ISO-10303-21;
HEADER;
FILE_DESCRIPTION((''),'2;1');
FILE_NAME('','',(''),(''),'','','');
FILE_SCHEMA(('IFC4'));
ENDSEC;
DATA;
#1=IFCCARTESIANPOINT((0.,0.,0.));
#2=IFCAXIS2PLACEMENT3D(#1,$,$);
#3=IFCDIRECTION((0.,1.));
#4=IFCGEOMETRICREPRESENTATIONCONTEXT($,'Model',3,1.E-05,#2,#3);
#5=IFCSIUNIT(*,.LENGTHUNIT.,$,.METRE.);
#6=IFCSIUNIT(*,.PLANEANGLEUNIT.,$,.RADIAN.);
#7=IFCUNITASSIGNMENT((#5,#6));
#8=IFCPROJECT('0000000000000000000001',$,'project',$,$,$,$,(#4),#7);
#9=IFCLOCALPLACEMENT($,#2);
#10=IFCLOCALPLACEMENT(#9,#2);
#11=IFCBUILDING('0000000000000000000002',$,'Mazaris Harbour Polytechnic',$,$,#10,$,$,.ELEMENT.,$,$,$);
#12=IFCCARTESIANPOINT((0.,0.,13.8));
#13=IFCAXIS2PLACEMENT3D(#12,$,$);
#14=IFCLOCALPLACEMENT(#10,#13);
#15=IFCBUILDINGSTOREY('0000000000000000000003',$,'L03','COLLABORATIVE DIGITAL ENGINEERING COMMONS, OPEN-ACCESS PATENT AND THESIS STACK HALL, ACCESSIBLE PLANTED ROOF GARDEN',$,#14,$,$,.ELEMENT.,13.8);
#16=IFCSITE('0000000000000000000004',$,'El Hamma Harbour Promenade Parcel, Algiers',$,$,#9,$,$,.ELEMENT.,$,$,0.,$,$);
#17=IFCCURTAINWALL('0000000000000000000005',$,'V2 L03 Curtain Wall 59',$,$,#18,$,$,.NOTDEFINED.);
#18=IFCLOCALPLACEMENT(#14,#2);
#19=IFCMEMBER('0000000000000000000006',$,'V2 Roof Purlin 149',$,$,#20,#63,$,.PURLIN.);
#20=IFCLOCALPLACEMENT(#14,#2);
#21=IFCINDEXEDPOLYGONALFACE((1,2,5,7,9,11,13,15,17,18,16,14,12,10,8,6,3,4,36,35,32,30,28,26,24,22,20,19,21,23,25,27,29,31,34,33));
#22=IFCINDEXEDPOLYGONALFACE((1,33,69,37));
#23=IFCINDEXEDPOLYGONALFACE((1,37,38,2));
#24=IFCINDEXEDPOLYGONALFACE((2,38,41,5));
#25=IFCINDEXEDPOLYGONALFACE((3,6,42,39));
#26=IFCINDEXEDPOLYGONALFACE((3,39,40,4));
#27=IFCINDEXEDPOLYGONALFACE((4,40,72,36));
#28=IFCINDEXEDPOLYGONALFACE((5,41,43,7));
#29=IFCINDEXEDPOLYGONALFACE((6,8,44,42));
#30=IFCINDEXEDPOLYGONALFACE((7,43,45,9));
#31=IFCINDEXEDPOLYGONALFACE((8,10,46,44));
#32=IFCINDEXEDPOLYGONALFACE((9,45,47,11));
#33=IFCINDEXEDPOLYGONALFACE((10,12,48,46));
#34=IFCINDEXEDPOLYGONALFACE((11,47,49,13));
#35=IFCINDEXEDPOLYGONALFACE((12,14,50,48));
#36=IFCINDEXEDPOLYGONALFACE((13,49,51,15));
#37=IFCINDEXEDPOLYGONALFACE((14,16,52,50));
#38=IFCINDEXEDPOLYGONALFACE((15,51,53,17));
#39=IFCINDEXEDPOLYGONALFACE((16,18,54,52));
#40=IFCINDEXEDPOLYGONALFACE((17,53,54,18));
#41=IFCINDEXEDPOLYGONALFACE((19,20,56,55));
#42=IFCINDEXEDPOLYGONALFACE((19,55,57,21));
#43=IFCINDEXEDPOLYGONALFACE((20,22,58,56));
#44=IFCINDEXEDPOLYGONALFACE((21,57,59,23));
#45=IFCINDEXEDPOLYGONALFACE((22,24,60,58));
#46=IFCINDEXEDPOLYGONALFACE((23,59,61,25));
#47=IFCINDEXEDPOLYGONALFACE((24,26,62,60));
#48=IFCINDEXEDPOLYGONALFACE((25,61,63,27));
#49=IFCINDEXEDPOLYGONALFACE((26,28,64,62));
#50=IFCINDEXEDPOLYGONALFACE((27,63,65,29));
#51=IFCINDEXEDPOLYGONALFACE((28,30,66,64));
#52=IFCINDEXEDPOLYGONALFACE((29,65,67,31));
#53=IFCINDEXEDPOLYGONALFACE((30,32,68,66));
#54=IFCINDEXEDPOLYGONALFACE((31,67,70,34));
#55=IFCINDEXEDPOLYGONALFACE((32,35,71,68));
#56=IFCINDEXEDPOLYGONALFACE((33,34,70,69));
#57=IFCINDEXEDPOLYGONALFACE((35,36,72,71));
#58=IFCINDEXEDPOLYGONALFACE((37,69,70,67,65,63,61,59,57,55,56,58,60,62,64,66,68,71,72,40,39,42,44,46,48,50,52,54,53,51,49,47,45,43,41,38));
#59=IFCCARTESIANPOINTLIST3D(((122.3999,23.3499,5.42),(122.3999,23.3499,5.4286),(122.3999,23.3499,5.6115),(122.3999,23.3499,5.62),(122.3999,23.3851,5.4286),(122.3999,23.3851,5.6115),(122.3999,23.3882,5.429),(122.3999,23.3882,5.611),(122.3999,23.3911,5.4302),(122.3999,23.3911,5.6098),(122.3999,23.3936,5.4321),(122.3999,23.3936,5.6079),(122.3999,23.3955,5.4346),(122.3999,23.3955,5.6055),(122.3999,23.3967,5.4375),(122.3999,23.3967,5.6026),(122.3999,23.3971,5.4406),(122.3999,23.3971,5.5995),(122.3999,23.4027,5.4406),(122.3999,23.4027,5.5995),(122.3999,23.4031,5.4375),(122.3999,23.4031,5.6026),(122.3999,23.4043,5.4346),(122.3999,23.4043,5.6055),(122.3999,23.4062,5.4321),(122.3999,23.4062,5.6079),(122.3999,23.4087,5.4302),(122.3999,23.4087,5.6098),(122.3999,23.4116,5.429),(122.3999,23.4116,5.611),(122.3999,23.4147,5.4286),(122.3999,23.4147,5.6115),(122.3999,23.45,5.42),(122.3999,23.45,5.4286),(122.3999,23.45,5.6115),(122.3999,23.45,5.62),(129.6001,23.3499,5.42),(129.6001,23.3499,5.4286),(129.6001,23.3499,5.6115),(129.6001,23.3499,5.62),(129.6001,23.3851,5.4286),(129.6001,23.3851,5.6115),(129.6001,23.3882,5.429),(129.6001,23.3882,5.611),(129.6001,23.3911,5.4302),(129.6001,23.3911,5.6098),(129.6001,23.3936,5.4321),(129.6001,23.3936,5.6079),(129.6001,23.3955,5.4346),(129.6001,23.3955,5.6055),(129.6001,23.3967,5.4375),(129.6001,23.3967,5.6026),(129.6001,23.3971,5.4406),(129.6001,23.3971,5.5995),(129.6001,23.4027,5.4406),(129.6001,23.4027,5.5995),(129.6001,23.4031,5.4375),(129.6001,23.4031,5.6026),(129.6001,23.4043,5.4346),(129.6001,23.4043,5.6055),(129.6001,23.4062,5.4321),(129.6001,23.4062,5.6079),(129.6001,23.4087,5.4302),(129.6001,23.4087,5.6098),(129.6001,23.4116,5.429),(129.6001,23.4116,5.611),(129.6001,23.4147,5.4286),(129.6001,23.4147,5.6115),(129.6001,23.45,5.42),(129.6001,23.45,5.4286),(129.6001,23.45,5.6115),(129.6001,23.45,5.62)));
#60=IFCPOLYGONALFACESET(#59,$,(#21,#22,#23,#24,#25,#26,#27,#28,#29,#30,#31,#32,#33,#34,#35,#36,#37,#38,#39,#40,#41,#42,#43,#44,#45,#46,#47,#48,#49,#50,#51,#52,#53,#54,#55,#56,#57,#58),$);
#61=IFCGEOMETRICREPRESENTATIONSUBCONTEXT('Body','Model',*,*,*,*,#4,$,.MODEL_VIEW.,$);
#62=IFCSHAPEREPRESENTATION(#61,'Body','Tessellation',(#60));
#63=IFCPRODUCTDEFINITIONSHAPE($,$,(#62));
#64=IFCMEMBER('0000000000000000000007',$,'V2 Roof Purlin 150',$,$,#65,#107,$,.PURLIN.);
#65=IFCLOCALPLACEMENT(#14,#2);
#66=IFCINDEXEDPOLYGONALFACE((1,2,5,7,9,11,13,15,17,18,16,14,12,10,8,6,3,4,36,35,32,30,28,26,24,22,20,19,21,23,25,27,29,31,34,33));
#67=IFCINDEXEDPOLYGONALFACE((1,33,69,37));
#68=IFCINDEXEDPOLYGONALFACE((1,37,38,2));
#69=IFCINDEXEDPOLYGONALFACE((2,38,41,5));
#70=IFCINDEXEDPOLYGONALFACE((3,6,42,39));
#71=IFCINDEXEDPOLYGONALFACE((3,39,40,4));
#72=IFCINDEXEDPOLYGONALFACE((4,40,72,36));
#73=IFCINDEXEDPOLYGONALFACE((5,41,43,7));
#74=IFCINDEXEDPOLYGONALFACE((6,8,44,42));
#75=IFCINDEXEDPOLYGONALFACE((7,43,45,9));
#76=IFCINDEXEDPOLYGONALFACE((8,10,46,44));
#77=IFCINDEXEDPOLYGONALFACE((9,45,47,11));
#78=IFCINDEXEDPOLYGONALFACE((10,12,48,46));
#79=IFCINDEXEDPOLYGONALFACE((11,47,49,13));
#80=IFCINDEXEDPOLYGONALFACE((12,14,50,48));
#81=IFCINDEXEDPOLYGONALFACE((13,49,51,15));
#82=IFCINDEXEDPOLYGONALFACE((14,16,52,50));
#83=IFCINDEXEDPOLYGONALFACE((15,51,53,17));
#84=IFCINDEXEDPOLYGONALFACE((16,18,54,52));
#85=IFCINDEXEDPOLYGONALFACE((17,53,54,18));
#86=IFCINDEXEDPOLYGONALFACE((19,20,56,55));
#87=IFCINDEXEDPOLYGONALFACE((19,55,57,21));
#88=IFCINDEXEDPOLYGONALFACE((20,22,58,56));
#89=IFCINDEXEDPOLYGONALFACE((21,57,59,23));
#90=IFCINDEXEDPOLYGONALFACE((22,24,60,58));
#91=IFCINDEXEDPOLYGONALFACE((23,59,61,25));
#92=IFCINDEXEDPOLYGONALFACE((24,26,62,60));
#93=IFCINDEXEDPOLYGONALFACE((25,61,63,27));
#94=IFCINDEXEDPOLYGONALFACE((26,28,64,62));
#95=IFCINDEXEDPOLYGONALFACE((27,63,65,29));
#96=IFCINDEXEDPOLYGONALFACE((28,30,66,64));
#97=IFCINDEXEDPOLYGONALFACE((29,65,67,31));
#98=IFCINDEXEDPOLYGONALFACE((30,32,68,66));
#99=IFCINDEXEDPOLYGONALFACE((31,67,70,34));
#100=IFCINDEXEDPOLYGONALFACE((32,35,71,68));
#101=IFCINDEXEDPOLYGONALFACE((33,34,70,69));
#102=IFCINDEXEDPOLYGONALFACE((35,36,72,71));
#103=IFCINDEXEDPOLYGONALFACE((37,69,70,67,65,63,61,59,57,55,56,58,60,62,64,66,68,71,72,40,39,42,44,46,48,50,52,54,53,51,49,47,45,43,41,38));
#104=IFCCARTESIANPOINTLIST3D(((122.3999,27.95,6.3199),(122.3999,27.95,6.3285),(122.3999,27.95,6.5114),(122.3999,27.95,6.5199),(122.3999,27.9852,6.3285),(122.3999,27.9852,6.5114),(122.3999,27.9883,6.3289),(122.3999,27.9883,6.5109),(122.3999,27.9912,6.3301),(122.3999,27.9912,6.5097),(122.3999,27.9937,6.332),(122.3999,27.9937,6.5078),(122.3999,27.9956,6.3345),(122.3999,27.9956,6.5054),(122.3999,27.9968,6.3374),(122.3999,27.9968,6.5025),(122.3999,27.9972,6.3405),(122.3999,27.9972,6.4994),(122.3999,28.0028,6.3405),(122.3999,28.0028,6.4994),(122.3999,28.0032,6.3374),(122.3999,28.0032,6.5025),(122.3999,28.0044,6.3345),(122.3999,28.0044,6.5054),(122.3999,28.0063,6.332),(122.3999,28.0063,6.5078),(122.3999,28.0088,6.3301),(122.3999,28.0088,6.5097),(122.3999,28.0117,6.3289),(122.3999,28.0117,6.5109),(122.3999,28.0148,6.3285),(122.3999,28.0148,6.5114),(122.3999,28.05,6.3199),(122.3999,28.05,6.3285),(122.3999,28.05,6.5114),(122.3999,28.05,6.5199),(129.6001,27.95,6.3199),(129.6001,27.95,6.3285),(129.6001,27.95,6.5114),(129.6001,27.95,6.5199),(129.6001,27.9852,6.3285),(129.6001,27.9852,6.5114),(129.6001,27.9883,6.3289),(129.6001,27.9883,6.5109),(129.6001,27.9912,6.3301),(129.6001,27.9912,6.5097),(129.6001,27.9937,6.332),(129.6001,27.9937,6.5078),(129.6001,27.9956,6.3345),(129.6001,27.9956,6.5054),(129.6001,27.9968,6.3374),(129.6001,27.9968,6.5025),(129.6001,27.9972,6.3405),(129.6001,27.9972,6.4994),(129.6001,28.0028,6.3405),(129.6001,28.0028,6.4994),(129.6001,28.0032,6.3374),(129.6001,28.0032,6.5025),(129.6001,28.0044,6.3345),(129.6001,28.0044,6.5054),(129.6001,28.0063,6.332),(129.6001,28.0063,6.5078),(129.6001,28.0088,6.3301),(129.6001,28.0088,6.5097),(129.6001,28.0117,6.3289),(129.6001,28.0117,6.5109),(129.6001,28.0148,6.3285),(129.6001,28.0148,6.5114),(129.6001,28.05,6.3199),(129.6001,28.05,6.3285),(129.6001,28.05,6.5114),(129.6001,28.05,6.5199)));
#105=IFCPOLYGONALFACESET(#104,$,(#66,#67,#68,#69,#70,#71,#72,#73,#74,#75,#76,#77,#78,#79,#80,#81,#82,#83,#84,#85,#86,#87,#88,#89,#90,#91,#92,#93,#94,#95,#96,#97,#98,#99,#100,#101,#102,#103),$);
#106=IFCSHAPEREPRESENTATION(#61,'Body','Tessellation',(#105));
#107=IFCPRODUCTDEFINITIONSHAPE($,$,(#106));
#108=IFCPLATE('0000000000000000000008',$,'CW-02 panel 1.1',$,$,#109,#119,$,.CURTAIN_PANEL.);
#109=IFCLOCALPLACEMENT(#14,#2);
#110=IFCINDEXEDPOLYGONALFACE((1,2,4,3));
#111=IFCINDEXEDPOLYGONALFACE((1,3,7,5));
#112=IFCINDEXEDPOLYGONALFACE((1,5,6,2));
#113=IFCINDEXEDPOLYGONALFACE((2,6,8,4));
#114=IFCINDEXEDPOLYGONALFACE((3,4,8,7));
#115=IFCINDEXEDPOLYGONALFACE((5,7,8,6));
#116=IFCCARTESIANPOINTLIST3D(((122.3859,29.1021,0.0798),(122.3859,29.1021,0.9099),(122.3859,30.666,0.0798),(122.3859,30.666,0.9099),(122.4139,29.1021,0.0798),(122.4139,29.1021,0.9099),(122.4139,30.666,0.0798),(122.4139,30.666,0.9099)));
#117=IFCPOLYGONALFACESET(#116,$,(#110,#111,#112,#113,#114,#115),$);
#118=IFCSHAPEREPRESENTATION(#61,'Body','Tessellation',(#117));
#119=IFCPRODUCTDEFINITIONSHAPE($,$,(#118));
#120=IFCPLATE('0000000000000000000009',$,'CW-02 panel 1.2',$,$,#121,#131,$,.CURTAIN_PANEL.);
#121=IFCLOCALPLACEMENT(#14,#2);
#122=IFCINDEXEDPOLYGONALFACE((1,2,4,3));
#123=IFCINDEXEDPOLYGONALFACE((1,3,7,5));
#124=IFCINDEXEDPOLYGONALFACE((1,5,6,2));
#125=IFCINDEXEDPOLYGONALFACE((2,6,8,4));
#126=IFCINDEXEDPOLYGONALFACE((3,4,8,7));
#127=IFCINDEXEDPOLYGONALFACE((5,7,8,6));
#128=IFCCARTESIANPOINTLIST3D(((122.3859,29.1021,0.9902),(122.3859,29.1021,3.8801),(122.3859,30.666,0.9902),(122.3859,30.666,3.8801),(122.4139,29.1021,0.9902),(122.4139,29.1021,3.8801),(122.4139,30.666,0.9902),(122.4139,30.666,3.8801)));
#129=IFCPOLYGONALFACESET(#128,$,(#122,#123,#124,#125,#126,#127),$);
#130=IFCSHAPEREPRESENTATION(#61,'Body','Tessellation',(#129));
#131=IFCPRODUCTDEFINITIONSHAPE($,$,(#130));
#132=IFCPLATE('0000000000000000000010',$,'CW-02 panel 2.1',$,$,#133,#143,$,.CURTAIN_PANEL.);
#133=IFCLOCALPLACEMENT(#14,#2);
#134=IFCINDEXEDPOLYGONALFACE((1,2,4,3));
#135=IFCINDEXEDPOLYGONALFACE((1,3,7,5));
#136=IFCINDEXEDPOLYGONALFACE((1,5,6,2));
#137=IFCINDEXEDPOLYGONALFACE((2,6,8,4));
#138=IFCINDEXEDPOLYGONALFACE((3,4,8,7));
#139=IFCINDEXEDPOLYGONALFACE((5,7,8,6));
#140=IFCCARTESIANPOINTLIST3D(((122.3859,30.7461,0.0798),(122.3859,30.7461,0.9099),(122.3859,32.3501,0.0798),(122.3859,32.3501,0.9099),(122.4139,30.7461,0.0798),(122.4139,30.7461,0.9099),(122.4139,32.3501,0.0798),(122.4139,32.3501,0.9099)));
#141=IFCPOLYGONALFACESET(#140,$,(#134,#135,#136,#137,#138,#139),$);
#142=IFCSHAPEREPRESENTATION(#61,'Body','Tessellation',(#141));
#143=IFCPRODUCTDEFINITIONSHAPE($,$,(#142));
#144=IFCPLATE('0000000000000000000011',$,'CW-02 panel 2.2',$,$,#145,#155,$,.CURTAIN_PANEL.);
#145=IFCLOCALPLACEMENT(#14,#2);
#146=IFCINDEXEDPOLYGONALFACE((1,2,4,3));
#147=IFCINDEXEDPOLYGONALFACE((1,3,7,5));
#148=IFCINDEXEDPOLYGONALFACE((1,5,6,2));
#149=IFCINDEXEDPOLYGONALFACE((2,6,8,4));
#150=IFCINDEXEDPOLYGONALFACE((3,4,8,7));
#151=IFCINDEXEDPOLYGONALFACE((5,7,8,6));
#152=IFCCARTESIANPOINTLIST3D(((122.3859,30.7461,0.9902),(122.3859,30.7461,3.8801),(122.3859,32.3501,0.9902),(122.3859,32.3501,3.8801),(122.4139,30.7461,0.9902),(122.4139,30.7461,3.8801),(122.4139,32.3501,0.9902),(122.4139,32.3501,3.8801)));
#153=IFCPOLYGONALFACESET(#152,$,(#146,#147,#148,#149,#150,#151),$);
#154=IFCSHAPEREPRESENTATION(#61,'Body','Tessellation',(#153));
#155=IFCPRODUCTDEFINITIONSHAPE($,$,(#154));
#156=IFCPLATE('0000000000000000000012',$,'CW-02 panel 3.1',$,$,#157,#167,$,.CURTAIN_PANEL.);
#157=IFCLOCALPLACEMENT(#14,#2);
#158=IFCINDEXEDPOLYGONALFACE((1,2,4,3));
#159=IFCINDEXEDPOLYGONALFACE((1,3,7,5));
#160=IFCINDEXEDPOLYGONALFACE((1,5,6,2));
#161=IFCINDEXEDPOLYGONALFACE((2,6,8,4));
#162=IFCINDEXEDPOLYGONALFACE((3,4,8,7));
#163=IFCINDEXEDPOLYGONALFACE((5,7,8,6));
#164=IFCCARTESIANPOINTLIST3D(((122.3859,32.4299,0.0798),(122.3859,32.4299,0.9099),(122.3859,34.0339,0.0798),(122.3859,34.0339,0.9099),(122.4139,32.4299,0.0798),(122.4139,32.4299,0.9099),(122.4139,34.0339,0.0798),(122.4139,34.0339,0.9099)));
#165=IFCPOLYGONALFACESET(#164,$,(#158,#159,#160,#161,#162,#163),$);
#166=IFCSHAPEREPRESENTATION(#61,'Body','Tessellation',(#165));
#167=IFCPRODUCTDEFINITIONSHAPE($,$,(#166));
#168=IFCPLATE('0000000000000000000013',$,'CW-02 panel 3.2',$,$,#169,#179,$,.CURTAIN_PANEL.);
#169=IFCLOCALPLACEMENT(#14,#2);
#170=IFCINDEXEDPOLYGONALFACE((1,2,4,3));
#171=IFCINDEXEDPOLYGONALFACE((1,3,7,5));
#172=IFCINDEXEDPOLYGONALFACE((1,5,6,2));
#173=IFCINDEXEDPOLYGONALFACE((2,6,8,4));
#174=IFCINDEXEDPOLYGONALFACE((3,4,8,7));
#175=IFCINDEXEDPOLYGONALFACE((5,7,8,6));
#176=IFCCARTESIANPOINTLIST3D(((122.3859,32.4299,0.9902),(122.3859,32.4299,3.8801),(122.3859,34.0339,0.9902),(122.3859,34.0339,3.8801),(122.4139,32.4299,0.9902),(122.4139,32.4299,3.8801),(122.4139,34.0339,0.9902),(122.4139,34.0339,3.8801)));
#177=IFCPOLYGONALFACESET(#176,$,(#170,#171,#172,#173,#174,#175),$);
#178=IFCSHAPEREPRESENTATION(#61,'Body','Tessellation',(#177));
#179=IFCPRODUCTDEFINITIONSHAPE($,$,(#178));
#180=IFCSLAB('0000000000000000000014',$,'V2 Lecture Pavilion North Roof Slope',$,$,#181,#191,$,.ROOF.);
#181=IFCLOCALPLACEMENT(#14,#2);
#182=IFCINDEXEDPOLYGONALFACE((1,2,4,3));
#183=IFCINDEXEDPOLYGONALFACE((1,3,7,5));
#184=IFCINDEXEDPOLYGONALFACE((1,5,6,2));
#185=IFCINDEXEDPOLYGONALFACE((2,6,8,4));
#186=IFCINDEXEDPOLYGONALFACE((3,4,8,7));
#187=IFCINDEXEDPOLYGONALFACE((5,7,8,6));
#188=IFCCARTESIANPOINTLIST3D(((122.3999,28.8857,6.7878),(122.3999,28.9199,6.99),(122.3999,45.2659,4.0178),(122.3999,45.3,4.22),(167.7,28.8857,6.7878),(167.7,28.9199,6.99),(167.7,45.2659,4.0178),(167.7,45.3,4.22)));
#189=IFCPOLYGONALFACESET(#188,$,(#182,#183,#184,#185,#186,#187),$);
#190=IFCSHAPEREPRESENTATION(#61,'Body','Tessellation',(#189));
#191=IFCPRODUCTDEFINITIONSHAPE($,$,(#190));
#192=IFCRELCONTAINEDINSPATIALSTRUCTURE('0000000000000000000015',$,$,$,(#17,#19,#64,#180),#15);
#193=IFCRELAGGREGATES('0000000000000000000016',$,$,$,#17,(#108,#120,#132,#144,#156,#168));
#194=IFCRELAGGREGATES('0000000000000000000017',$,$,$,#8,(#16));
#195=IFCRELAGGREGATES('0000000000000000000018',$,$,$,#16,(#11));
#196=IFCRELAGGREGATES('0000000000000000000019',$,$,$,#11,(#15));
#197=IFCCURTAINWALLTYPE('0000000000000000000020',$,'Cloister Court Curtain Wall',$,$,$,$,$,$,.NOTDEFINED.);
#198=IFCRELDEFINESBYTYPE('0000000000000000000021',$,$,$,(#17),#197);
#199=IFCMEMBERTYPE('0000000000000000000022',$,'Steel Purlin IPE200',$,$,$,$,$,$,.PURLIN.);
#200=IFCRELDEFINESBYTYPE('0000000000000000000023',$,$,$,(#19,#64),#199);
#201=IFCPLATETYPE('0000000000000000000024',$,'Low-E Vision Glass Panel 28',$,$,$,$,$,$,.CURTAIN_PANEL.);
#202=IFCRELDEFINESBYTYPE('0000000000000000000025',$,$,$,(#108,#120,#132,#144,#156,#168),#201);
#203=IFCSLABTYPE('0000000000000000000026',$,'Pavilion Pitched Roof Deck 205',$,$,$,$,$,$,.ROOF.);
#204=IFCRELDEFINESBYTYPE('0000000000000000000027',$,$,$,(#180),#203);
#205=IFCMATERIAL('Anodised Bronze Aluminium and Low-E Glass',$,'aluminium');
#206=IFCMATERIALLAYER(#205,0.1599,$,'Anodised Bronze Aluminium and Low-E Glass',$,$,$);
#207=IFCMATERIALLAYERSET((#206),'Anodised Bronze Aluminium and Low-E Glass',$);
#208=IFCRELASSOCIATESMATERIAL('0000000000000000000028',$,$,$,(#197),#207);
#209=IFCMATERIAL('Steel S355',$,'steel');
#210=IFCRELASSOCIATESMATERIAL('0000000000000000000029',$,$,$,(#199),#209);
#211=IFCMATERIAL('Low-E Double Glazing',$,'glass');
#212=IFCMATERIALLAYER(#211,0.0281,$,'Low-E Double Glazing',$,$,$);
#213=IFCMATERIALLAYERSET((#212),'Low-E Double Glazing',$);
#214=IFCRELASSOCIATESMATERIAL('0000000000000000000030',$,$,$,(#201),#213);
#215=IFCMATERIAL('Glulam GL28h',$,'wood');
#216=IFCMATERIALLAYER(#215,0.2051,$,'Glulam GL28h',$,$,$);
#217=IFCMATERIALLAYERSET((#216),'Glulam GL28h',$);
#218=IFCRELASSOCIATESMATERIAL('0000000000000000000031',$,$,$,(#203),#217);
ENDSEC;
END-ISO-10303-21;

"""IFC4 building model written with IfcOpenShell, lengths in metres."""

from ifc_helpers import new_model, si_unit, direction, frame, origin, origin_2d, place, context, subcontext, project, spatial, polyline, rectangle, i_section, outline, extrude, material, layer, layer_set, material_profile, profile_set, type_object, element, aggregate, save


model = new_model("IFC4")

# Units and contexts
model_context = context("Model", 3, precision=1e-05, world=origin(), true_north=direction((0.0, 1.0)))
body_context = subcontext(model_context, "Body", "Model", "MODEL_VIEW")
ifc_project = project(units=[si_unit("LENGTHUNIT", "METRE"), si_unit("PLANEANGLEUNIT", "RADIAN")], contexts=[model_context])

# Site, building, storey
site_placement = place(None, origin())
site = spatial("IfcSite", under=ifc_project, at=site_placement, Name="El Hamma Harbour Promenade Parcel, Algiers", CompositionType="ELEMENT", RefElevation=0.0)
building_placement = place(site_placement, origin())
building = spatial("IfcBuilding", under=site, at=building_placement, Name="Mazaris Harbour Polytechnic", CompositionType="ELEMENT")
storey_placement = place(building_placement, frame((0.0, 0.0, 13.8)))
storey = spatial("IfcBuildingStorey", under=building, at=storey_placement, Name="L03", Description="COLLABORATIVE DIGITAL ENGINEERING COMMONS, OPEN-ACCESS PATENT AND THESIS STACK HALL, ACCESSIBLE PLANTED ROOF GARDEN", CompositionType="ELEMENT", Elevation=13.8)

# Curtain wall
ifc_material_1 = material(Name="Anodised Bronze Aluminium and Low-E Glass", Category="aluminium")
ifc_layer_1 = layer(ifc_material_1, 0.1599, Name="Anodised Bronze Aluminium and Low-E Glass")
ifc_layer_set_1 = layer_set([ifc_layer_1], Name="Anodised Bronze Aluminium and Low-E Glass")
curtain_wall_type = type_object("IfcCurtainWallType", Name="Cloister Court Curtain Wall", PredefinedType="NOTDEFINED", material=ifc_layer_set_1)
curtain_wall_placement = place(storey_placement, origin())
curtain_wall = element("IfcCurtainWall", 1, at=curtain_wall_placement, inside=storey, type_object=curtain_wall_type, Name="V2 L03 Curtain Wall 59", PredefinedType="NOTDEFINED")

# Members
ifc_material_2 = material(Name="Steel S355", Category="steel")
ifc_material_profile_1 = material_profile(ifc_material_2, i_section(OverallWidth=0.1001, OverallDepth=0.2, WebThickness=0.0056, FlangeThickness=0.0085, FilletRadius=0.012, at=origin_2d()), Name="IPE 200")
ifc_profile_set_1 = profile_set([ifc_material_profile_1], Name="Steel S355")
member_type_1 = type_object("IfcMemberType", Name="Steel Purlin IPE200", PredefinedType="PURLIN", material=ifc_profile_set_1)
for number, where, z_axis, x_axis, name in (
    (2, (122.3999, 23.3999, 5.52), (1.0, 0.0, 0.0), (0.0, 1.0, 0.0), "V2 Roof Purlin 149"),
    (3, (122.3999, 28.0, 6.4199), (1.0, 0.0, 0.0), (0.0, 1.0, 0.0), "V2 Roof Purlin 150"),
):
    element("IfcMember", number, at=place(storey_placement, frame(where, z_axis=z_axis, x_axis=x_axis)), inside=storey, type_object=member_type_1, Name=name, PredefinedType="PURLIN", context=body_context, shape_type="SweptSolid", body=[
        extrude(i_section(OverallWidth=0.1001, OverallDepth=0.2, WebThickness=0.0056, FlangeThickness=0.0085, FilletRadius=0.012, at=origin_2d()), origin(), (0.0, 0.0, 1.0), 7.2002),
    ])

# Plates
ifc_material_3 = material(Name="Low-E Double Glazing", Category="glass")
ifc_layer_2 = layer(ifc_material_3, 0.0281, Name="Low-E Double Glazing")
ifc_layer_set_2 = layer_set([ifc_layer_2], Name="Low-E Double Glazing")
plate_type = type_object("IfcPlateType", Name="Low-E Vision Glass Panel 28", PredefinedType="CURTAIN_PANEL", material=ifc_layer_set_2)
plate_1_placement = place(storey_placement, frame((122.3999, 29.884, 0.0798), z_axis=(0.0, 0.0, 1.0), x_axis=(0.0, 1.0, 0.0)))
plate_1 = element("IfcPlate", 4, at=plate_1_placement, type_object=plate_type, Name="CW-02 panel 1.1", PredefinedType="CURTAIN_PANEL", context=body_context, shape_type="SweptSolid", body=[
    extrude(rectangle(XDim=1.564, YDim=0.0281, at=origin_2d()), origin(), (0.0, 0.0, 1.0), 0.8301),
])
plate_2_placement = place(storey_placement, frame((122.3999, 29.884, 0.9902), z_axis=(0.0, 0.0, 1.0), x_axis=(0.0, 1.0, 0.0)))
plate_2 = element("IfcPlate", 5, at=plate_2_placement, type_object=plate_type, Name="CW-02 panel 1.2", PredefinedType="CURTAIN_PANEL", context=body_context, shape_type="SweptSolid", body=[
    extrude(rectangle(XDim=1.564, YDim=0.0281, at=origin_2d()), origin(), (0.0, 0.0, 1.0), 2.8899),
])
plate_3_placement = place(storey_placement, frame((122.3999, 31.5481, 0.0798), z_axis=(0.0, 0.0, 1.0), x_axis=(0.0, 1.0, 0.0)))
plate_3 = element("IfcPlate", 6, at=plate_3_placement, type_object=plate_type, Name="CW-02 panel 2.1", PredefinedType="CURTAIN_PANEL", context=body_context, shape_type="SweptSolid", body=[
    extrude(rectangle(XDim=1.604, YDim=0.0281, at=origin_2d()), origin(), (0.0, 0.0, 1.0), 0.8301),
])
plate_4_placement = place(storey_placement, frame((122.3999, 31.5481, 0.9902), z_axis=(0.0, 0.0, 1.0), x_axis=(0.0, 1.0, 0.0)))
plate_4 = element("IfcPlate", 7, at=plate_4_placement, type_object=plate_type, Name="CW-02 panel 2.2", PredefinedType="CURTAIN_PANEL", context=body_context, shape_type="SweptSolid", body=[
    extrude(rectangle(XDim=1.604, YDim=0.0281, at=origin_2d()), origin(), (0.0, 0.0, 1.0), 2.8899),
])
plate_5_placement = place(storey_placement, frame((122.3999, 33.2319, 0.0798), z_axis=(0.0, 0.0, 1.0), x_axis=(0.0, 1.0, 0.0)))
plate_5 = element("IfcPlate", 8, at=plate_5_placement, type_object=plate_type, Name="CW-02 panel 3.1", PredefinedType="CURTAIN_PANEL", context=body_context, shape_type="SweptSolid", body=[
    extrude(rectangle(XDim=1.604, YDim=0.0281, at=origin_2d()), origin(), (0.0, 0.0, 1.0), 0.8301),
])
plate_6_placement = place(storey_placement, frame((122.3999, 33.2319, 0.9902), z_axis=(0.0, 0.0, 1.0), x_axis=(0.0, 1.0, 0.0)))
plate_6 = element("IfcPlate", 9, at=plate_6_placement, type_object=plate_type, Name="CW-02 panel 3.2", PredefinedType="CURTAIN_PANEL", context=body_context, shape_type="SweptSolid", body=[
    extrude(rectangle(XDim=1.604, YDim=0.0281, at=origin_2d()), origin(), (0.0, 0.0, 1.0), 2.8899),
])
aggregate(curtain_wall, [plate_1, plate_2, plate_3, plate_4, plate_5, plate_6])

# Slab
ifc_material_4 = material(Name="Glulam GL28h", Category="wood")
ifc_layer_3 = layer(ifc_material_4, 0.2051, Name="Glulam GL28h")
ifc_layer_set_3 = layer_set([ifc_layer_3], Name="Glulam GL28h")
slab_type = type_object("IfcSlabType", Name="Pavilion Pitched Roof Deck 205", PredefinedType="ROOF", material=ifc_layer_set_3)
slab_placement = place(storey_placement, frame((122.3999, 28.9199, 6.99), z_axis=(0.0, 0.166741, 0.986001), x_axis=(1.0, 0.0, 0.0)))
element("IfcSlab", 10, at=slab_placement, inside=storey, type_object=slab_type, Name="V2 Lecture Pavilion North Roof Slope", PredefinedType="ROOF", context=body_context, shape_type="SweptSolid", body=[
    extrude(outline(polyline([(0.0, 0.0), (45.3, 0.0), (45.3, 16.6127), (0.0, 16.6127), (0.0, 0.0)])), origin(), (0.0, 0.0, -1.0), 0.2051),
])

save(model, "model.ifc")
